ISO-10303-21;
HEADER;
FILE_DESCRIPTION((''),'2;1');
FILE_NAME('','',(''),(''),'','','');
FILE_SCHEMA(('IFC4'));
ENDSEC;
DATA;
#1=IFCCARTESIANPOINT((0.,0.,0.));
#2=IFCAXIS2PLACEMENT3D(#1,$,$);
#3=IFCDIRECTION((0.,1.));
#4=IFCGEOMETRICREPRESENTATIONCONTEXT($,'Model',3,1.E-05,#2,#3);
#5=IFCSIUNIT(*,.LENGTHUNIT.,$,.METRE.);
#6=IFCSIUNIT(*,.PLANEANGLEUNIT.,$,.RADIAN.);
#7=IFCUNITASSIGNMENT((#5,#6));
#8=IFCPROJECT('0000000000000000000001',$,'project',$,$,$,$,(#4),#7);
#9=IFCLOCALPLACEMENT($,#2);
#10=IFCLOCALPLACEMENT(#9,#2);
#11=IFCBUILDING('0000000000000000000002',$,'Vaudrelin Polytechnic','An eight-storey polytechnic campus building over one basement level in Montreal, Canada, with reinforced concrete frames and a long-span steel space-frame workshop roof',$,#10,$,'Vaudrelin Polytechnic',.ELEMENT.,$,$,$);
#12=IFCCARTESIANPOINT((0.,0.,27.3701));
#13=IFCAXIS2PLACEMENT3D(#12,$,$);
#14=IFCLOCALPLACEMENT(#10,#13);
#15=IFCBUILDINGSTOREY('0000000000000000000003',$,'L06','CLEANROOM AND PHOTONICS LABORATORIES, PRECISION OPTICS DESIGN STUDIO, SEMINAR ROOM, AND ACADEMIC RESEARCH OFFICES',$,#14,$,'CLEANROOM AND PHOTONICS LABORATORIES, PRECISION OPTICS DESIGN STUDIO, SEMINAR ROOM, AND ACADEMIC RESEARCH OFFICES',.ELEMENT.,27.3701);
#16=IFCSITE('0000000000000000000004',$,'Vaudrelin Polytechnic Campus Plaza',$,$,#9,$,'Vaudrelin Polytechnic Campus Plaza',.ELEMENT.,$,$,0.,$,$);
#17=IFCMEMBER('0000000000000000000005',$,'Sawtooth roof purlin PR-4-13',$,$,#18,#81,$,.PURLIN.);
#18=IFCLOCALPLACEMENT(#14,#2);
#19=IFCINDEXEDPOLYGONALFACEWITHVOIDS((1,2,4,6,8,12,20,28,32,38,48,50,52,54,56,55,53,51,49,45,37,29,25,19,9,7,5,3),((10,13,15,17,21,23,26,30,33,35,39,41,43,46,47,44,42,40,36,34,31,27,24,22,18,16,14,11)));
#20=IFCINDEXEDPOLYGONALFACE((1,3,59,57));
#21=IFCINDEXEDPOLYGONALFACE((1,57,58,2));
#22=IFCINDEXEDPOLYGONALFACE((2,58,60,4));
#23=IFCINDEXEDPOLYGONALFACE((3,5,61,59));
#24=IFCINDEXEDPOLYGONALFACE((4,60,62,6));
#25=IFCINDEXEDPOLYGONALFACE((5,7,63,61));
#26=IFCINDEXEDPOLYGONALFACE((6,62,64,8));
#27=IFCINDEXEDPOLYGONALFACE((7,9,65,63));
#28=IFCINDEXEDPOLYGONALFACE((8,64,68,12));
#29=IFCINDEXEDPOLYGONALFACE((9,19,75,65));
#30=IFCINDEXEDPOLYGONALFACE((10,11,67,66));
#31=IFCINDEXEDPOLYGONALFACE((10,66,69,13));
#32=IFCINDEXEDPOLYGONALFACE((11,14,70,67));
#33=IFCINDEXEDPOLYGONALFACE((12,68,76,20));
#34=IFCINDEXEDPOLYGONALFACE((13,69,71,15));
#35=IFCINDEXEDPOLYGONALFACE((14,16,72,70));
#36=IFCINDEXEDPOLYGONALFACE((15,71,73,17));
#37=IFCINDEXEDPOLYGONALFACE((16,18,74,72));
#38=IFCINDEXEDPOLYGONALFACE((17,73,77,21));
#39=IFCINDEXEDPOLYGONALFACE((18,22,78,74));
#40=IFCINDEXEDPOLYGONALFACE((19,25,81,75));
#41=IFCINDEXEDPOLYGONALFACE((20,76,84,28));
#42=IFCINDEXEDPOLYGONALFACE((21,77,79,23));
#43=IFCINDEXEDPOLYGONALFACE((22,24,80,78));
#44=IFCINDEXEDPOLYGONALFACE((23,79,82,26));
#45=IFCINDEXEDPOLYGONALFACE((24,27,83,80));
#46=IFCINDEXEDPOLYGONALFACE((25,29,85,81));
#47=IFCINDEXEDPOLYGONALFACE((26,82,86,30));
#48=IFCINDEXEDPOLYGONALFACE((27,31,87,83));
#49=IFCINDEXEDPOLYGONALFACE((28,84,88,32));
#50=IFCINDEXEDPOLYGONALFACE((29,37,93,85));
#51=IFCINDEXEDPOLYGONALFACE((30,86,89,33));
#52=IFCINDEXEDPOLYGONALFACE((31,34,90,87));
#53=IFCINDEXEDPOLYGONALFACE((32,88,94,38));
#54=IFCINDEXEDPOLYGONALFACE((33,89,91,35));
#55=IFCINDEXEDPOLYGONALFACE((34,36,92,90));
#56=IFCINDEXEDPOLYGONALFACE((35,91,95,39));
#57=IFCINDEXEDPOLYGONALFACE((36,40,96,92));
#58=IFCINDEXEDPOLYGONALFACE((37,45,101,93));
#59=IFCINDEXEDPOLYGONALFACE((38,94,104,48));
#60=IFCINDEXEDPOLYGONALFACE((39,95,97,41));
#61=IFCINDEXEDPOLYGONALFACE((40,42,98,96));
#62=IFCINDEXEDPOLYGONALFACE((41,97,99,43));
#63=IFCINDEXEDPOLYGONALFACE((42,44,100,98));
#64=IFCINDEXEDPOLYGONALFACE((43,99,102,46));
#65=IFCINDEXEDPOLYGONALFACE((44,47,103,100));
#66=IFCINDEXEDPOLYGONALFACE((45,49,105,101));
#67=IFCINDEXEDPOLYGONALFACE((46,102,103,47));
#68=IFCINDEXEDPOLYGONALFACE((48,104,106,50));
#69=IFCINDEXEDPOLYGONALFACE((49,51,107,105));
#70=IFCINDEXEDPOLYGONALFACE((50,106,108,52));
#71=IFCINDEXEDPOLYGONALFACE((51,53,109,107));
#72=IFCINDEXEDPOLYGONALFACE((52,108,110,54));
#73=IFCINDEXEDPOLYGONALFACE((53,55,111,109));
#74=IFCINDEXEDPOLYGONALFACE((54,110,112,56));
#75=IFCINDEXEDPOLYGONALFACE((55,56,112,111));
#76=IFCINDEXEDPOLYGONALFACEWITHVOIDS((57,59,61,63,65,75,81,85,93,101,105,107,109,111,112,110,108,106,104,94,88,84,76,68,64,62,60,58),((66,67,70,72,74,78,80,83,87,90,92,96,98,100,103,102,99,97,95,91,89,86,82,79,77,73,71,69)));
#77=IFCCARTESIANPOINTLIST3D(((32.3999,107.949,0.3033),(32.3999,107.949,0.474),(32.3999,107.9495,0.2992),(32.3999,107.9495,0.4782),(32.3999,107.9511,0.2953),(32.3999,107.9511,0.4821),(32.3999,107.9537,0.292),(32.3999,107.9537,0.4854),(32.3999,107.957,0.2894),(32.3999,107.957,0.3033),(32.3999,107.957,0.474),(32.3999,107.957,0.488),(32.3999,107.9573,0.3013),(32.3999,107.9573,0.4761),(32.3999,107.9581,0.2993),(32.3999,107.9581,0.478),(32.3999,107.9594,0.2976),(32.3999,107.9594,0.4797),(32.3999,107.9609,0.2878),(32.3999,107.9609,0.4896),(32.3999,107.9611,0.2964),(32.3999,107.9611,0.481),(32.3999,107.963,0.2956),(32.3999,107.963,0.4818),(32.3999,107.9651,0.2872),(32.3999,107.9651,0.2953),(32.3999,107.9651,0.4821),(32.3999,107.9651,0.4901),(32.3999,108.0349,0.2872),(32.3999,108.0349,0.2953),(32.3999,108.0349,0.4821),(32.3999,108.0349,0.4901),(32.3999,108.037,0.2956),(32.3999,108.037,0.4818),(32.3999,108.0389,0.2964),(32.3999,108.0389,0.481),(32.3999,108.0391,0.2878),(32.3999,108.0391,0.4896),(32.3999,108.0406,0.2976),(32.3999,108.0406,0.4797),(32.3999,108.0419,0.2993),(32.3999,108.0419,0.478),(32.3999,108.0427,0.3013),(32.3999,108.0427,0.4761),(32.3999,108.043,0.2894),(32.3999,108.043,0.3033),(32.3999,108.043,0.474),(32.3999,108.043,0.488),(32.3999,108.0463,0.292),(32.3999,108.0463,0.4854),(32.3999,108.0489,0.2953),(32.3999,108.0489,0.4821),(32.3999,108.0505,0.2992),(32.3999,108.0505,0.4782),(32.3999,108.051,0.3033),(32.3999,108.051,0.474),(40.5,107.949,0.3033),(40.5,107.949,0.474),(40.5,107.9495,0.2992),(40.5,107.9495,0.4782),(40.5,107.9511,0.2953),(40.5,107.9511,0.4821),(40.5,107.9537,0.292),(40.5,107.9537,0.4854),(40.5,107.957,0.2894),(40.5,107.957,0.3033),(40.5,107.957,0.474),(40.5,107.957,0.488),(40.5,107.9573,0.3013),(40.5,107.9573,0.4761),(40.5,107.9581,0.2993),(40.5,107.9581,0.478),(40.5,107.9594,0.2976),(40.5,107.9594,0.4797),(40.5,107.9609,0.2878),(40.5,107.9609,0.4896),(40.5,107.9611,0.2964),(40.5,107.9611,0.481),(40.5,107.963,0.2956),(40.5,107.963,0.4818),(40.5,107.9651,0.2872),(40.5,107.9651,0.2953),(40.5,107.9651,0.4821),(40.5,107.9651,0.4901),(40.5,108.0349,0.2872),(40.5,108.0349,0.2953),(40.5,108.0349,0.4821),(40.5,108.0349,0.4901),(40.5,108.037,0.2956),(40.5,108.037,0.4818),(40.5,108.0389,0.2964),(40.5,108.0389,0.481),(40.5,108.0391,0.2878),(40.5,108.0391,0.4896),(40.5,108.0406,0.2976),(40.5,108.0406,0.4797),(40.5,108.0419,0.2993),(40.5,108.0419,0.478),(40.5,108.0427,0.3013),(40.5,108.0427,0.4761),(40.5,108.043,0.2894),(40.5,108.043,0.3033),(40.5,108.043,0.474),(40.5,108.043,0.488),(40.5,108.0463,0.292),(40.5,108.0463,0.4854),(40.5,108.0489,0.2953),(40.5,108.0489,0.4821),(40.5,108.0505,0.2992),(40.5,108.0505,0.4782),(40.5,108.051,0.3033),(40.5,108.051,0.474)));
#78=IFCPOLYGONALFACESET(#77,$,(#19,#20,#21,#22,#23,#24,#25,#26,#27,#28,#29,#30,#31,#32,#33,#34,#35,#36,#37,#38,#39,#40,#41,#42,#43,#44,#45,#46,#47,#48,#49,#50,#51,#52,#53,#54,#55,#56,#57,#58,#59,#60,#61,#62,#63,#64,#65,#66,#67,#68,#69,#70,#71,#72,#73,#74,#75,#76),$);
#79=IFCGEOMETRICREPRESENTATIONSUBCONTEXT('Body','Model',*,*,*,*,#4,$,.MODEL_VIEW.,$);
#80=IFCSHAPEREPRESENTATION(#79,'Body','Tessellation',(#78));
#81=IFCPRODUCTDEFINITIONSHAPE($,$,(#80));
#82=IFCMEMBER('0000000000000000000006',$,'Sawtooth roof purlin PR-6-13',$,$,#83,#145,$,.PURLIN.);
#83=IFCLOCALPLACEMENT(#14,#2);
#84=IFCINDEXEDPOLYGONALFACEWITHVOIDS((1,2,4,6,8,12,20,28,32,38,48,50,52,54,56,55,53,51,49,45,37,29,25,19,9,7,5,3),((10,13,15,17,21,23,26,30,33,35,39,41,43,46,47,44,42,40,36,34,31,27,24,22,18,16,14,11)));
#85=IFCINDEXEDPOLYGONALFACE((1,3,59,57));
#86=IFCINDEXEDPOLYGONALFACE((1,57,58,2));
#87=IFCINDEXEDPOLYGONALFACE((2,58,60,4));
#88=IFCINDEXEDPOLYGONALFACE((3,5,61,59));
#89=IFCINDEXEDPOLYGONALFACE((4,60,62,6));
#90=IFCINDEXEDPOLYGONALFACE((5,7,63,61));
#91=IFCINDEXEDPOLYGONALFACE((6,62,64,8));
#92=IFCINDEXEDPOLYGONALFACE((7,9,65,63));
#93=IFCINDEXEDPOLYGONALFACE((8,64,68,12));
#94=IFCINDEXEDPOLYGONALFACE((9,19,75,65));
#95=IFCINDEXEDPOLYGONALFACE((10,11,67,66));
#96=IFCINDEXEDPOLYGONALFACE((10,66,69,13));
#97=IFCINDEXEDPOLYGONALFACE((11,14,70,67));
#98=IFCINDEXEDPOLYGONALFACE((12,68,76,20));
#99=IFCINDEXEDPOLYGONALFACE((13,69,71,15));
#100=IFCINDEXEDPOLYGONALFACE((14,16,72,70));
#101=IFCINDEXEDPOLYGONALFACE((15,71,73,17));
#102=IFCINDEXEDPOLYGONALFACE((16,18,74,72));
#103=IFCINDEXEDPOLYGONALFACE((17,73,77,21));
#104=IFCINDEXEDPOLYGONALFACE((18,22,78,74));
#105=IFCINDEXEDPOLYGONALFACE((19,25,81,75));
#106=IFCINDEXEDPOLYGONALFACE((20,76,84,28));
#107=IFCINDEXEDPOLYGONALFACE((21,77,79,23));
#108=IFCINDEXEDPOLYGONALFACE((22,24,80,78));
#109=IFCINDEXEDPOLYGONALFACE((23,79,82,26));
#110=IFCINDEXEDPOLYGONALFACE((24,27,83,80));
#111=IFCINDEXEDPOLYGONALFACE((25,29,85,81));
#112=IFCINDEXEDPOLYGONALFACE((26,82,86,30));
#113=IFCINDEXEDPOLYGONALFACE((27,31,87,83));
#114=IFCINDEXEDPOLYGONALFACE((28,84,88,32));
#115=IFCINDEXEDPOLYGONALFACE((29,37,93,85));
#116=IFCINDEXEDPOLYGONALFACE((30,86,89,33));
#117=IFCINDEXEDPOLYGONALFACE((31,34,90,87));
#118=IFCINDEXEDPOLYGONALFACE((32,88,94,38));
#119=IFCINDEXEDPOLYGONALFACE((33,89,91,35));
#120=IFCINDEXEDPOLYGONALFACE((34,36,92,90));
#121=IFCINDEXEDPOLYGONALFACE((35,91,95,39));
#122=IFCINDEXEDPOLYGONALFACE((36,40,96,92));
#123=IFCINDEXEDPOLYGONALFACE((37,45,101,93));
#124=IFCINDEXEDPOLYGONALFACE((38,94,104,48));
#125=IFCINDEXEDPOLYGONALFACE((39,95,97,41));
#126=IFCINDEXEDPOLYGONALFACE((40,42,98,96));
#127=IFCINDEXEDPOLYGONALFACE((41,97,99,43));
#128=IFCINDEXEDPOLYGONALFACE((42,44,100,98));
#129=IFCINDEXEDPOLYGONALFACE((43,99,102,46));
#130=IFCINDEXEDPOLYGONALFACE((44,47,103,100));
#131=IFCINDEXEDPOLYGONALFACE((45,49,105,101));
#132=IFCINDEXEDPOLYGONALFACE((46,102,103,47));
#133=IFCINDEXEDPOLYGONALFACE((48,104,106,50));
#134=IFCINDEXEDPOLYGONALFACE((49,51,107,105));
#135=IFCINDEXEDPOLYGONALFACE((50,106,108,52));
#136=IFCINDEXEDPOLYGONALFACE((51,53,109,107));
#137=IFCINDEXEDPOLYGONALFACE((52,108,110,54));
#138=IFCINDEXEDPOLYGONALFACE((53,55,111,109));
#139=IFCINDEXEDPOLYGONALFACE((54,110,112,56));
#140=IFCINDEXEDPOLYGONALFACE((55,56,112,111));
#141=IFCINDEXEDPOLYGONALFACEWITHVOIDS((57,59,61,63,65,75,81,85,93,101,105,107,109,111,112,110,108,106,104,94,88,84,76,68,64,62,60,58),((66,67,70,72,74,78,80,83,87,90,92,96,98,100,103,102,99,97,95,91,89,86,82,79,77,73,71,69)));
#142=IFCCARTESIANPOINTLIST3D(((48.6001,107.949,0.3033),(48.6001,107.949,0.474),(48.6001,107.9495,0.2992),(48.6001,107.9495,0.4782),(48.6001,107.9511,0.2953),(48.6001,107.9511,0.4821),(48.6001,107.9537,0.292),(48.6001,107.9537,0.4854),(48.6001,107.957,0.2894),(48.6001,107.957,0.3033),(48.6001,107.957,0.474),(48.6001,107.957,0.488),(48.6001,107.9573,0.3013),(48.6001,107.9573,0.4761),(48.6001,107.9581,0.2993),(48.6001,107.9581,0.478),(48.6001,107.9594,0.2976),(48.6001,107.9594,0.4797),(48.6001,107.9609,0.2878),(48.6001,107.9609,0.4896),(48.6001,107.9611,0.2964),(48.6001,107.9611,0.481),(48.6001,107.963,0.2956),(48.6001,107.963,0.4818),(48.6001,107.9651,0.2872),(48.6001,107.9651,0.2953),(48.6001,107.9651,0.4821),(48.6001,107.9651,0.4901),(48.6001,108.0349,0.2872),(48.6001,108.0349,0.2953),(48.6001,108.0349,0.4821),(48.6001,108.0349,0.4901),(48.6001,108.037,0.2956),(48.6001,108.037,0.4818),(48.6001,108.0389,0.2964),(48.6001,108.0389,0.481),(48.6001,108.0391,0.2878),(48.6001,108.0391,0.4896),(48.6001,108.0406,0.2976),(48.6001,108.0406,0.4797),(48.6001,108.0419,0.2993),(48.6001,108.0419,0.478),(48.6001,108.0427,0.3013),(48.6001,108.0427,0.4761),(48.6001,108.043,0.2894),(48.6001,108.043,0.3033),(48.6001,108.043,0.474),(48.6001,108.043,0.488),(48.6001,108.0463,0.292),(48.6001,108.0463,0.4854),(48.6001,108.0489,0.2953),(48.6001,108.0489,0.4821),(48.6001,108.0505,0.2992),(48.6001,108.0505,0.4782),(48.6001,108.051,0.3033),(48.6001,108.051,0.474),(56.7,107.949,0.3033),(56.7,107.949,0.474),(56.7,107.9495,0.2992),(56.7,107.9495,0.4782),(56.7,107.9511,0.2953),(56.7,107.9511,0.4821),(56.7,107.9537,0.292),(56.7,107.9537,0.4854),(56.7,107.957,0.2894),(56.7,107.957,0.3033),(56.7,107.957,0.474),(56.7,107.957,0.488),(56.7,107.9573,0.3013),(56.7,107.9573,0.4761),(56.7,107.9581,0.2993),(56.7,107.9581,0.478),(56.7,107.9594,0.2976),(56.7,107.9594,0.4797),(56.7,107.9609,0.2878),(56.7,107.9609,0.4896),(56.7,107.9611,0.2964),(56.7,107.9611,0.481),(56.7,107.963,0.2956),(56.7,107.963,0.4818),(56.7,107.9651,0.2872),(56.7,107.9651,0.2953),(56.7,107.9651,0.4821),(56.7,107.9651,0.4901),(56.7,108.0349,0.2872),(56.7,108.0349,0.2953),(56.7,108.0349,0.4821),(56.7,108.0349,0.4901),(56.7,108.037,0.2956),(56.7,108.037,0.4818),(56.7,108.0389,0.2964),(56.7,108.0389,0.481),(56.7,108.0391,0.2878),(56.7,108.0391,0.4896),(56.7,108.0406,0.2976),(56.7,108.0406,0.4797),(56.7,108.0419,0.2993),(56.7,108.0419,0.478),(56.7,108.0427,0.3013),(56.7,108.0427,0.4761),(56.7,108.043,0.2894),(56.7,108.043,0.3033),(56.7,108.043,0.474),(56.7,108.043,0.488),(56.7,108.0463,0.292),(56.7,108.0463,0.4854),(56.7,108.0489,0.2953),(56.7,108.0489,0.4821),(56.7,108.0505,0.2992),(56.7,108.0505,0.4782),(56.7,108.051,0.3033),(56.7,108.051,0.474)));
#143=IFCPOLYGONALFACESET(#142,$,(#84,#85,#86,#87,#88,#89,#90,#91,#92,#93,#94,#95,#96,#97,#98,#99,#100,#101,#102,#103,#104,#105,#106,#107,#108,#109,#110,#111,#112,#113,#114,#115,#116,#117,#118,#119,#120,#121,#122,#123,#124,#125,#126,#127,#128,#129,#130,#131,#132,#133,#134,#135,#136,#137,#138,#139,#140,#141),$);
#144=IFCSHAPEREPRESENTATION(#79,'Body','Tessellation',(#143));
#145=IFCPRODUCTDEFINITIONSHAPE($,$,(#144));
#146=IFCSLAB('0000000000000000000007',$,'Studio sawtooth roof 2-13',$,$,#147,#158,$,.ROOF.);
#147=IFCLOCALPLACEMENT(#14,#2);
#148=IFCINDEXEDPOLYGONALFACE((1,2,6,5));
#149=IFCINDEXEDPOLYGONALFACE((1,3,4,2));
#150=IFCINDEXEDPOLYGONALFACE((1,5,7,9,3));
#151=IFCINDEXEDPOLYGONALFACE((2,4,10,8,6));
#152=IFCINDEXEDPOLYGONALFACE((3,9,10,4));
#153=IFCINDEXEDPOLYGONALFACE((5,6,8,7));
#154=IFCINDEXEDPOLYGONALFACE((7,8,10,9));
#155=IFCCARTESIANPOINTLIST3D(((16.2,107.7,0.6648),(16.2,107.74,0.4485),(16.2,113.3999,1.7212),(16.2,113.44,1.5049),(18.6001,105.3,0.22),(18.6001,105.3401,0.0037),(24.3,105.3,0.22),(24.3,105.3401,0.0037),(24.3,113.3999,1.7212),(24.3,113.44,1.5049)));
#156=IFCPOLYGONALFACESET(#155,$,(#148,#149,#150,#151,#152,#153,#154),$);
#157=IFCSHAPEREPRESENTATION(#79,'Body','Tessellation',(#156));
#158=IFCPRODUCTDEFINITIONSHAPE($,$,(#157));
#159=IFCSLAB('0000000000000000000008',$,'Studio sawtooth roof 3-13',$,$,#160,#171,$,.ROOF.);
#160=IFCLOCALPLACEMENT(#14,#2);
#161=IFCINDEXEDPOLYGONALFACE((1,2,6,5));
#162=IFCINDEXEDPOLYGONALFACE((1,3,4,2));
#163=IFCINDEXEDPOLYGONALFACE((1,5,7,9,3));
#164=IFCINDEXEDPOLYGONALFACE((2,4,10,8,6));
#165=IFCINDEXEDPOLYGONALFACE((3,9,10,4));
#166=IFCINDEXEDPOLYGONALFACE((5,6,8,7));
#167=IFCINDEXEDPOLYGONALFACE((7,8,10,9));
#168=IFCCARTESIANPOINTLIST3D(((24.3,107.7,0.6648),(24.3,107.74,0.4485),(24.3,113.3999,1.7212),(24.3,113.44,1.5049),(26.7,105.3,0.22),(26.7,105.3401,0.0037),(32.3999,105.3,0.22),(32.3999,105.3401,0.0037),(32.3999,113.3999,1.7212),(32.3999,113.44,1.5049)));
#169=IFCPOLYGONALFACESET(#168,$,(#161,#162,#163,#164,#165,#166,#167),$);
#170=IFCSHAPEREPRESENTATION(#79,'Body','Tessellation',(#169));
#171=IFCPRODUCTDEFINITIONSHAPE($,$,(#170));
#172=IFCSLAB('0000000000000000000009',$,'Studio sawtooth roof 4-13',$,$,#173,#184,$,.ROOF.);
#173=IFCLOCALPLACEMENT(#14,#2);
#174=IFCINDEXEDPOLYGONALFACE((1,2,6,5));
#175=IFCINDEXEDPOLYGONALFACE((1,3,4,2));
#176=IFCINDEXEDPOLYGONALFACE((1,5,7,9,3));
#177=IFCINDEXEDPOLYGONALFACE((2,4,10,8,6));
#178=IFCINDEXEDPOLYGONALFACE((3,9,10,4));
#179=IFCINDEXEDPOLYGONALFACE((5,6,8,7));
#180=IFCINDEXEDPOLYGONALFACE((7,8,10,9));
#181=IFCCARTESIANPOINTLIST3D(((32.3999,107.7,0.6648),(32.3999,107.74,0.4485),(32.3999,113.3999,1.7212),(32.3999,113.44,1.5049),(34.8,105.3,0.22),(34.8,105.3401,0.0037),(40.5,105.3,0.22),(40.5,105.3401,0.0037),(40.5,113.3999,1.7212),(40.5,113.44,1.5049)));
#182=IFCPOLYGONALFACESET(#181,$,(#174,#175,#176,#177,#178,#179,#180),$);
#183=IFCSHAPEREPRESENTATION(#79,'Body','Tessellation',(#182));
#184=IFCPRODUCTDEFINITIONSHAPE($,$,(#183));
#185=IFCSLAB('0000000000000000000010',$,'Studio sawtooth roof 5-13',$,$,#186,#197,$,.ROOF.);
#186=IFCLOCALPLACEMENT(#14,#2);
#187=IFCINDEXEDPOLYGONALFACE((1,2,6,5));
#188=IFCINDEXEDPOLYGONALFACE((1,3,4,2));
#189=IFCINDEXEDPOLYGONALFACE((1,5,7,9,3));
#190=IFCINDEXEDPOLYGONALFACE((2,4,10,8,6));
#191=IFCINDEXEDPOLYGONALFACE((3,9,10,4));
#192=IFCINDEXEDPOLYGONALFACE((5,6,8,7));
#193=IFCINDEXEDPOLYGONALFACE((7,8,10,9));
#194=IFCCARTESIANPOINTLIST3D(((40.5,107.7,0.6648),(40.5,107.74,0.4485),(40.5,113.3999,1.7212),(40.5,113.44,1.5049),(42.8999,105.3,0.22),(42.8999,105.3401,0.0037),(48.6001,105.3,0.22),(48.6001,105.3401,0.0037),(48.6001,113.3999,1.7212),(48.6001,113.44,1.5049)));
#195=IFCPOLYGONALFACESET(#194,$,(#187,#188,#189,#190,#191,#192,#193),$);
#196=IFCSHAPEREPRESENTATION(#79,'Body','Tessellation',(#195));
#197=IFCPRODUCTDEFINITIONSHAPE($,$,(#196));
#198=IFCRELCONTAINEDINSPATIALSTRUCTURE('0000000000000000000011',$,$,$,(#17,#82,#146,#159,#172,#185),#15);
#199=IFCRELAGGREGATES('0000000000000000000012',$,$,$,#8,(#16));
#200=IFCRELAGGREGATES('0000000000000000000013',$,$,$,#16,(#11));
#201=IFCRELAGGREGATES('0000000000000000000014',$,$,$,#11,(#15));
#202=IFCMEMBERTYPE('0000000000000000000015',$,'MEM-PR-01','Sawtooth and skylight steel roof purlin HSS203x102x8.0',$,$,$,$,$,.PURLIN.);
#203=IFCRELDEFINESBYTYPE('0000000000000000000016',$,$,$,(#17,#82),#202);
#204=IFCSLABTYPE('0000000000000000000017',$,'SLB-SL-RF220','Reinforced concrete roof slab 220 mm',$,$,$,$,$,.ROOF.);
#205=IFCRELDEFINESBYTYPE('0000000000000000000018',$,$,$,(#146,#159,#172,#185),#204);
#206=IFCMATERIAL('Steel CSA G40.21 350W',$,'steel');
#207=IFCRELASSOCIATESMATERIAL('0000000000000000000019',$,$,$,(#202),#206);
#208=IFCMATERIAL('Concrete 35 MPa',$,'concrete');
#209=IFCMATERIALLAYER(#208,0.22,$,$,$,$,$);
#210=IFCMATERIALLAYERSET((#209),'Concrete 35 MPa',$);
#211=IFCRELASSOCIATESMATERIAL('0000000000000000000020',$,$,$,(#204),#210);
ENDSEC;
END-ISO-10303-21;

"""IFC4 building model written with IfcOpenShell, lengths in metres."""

from ifc_helpers import new_model, si_unit, direction, frame, origin, origin_2d, place, context, subcontext, project, spatial, polyline, hollow_rectangle, outline, extrude, material, layer, layer_set, material_profile, profile_set, type_object, element, save


model = new_model("IFC4")

# Units and contexts
model_context = context("Model", 3, precision=1e-05, world=origin(), true_north=direction((0.0, 1.0)))
body_context = subcontext(model_context, "Body", "Model", "MODEL_VIEW")
ifc_project = project(units=[si_unit("LENGTHUNIT", "METRE"), si_unit("PLANEANGLEUNIT", "RADIAN")], contexts=[model_context])

# Site, building, storey
site_placement = place(None, origin())
site = spatial("IfcSite", under=ifc_project, at=site_placement, Name="Vaudrelin Polytechnic Campus Plaza", LongName="Vaudrelin Polytechnic Campus Plaza", CompositionType="ELEMENT", RefElevation=0.0)
building_placement = place(site_placement, origin())
building = spatial("IfcBuilding", under=site, at=building_placement, Name="Vaudrelin Polytechnic", Description="An eight-storey polytechnic campus building over one basement level in Montreal, Canada, with reinforced concrete frames and a long-span steel space-frame workshop roof", LongName="Vaudrelin Polytechnic", CompositionType="ELEMENT")
storey_placement = place(building_placement, frame((0.0, 0.0, 27.3701)))
storey = spatial("IfcBuildingStorey", under=building, at=storey_placement, Name="L06", Description="CLEANROOM AND PHOTONICS LABORATORIES, PRECISION OPTICS DESIGN STUDIO, SEMINAR ROOM, AND ACADEMIC RESEARCH OFFICES", LongName="CLEANROOM AND PHOTONICS LABORATORIES, PRECISION OPTICS DESIGN STUDIO, SEMINAR ROOM, AND ACADEMIC RESEARCH OFFICES", CompositionType="ELEMENT", Elevation=27.3701)

# Shared definitions
ifc_material_1 = material(Name="Steel CSA G40.21 350W", Category="steel")

# Members
ifc_material_profile_1 = material_profile(ifc_material_1, hollow_rectangle(XDim=0.1021, YDim=0.2029, WallThickness=0.0081, InnerFilletRadius=0.0081, OuterFilletRadius=0.0161, at=origin_2d()), Name="HSS203x102x8.0")
ifc_profile_set_1 = profile_set([ifc_material_profile_1], Name="Steel CSA G40.21 350W")
member_type = type_object("IfcMemberType", Name="MEM-PR-01", Description="Sawtooth and skylight steel roof purlin HSS203x102x8.0", PredefinedType="PURLIN", material=ifc_profile_set_1)
member_1_placement = place(storey_placement, frame((32.3999, 108.0, 0.3887), z_axis=(1.0, 0.0, 0.0), x_axis=(0.0, 1.0, 0.0)))
element("IfcMember", 1, at=member_1_placement, inside=storey, type_object=member_type, Name="Sawtooth roof purlin PR-4-13", PredefinedType="PURLIN", context=body_context, shape_type="SweptSolid", body=[
    extrude(hollow_rectangle(XDim=0.1021, YDim=0.2029, WallThickness=0.0081, InnerFilletRadius=0.0081, OuterFilletRadius=0.0161, at=origin_2d()), origin(), (0.0, 0.0, 1.0), 8.1001),
])
member_2_placement = place(storey_placement, frame((48.6001, 108.0, 0.3887), z_axis=(1.0, 0.0, 0.0), x_axis=(0.0, 1.0, 0.0)))
element("IfcMember", 2, at=member_2_placement, inside=storey, type_object=member_type, Name="Sawtooth roof purlin PR-6-13", PredefinedType="PURLIN", context=body_context, shape_type="SweptSolid", body=[
    extrude(hollow_rectangle(XDim=0.1021, YDim=0.2029, WallThickness=0.0081, InnerFilletRadius=0.0081, OuterFilletRadius=0.0161, at=origin_2d()), origin(), (0.0, 0.0, 1.0), 8.0999),
])

# Slabs
ifc_material_2 = material(Name="Concrete 35 MPa", Category="concrete")
ifc_layer_1 = layer(ifc_material_2, 0.22)
ifc_layer_set_1 = layer_set([ifc_layer_1], Name="Concrete 35 MPa")
slab_type = type_object("IfcSlabType", Name="SLB-SL-RF220", Description="Reinforced concrete roof slab 220 mm", PredefinedType="ROOF", material=ifc_layer_set_1)
slab_1_placement = place(storey_placement, frame((16.2, 107.7, 0.6648), z_axis=(0.000002, -0.182235, 0.983255), x_axis=(0.701147, -0.701077, -0.129938)))
element("IfcSlab", 3, at=slab_1_placement, inside=storey, type_object=slab_type, Name="Studio sawtooth roof 2-13", PredefinedType="ROOF", context=body_context, shape_type="SweptSolid", body=[
    extrude(outline(polyline([(0.0, 0.0), (3.4232, 0.0), (7.4197, 4.0642), (1.546, 9.8401), (-4.1334, 4.0646), (0.0, 0.0)])), origin(), (0.0, 0.0, -1.0), 0.22),
])
slab_2_placement = place(storey_placement, frame((24.3, 107.7, 0.6648), z_axis=(0.000002, -0.182235, 0.983255), x_axis=(0.701111, -0.701112, -0.129944)))
element("IfcSlab", 4, at=slab_2_placement, inside=storey, type_object=slab_type, Name="Studio sawtooth roof 3-13", PredefinedType="ROOF", context=body_context, shape_type="SweptSolid", body=[
    extrude(outline(polyline([(0.0, 0.0), (3.423, 0.0), (7.4193, 4.0644), (1.5453, 9.84), (-4.1336, 4.0644), (0.0, 0.0)])), origin(), (0.0, 0.0, -1.0), 0.22),
])
slab_3_placement = place(storey_placement, frame((32.3999, 107.7, 0.6648), z_axis=(0.000002, -0.182235, 0.983255), x_axis=(0.701147, -0.701077, -0.129938)))
element("IfcSlab", 5, at=slab_3_placement, inside=storey, type_object=slab_type, Name="Studio sawtooth roof 4-13", PredefinedType="ROOF", context=body_context, shape_type="SweptSolid", body=[
    extrude(outline(polyline([(0.0, 0.0), (3.4232, 0.0), (7.4197, 4.0642), (1.546, 9.8401), (-4.1334, 4.0646), (0.0, 0.0)])), origin(), (0.0, 0.0, -1.0), 0.22),
])
slab_4_placement = place(storey_placement, frame((40.5, 107.7, 0.6648), z_axis=(0.000002, -0.182235, 0.983255), x_axis=(0.701111, -0.701112, -0.129944)))
element("IfcSlab", 6, at=slab_4_placement, inside=storey, type_object=slab_type, Name="Studio sawtooth roof 5-13", PredefinedType="ROOF", context=body_context, shape_type="SweptSolid", body=[
    extrude(outline(polyline([(0.0, 0.0), (3.423, 0.0), (7.4195, 4.0645), (1.5455, 9.8401), (-4.1336, 4.0644), (0.0, 0.0)])), origin(), (0.0, 0.0, -1.0), 0.22),
])

save(model, "model.ifc")
